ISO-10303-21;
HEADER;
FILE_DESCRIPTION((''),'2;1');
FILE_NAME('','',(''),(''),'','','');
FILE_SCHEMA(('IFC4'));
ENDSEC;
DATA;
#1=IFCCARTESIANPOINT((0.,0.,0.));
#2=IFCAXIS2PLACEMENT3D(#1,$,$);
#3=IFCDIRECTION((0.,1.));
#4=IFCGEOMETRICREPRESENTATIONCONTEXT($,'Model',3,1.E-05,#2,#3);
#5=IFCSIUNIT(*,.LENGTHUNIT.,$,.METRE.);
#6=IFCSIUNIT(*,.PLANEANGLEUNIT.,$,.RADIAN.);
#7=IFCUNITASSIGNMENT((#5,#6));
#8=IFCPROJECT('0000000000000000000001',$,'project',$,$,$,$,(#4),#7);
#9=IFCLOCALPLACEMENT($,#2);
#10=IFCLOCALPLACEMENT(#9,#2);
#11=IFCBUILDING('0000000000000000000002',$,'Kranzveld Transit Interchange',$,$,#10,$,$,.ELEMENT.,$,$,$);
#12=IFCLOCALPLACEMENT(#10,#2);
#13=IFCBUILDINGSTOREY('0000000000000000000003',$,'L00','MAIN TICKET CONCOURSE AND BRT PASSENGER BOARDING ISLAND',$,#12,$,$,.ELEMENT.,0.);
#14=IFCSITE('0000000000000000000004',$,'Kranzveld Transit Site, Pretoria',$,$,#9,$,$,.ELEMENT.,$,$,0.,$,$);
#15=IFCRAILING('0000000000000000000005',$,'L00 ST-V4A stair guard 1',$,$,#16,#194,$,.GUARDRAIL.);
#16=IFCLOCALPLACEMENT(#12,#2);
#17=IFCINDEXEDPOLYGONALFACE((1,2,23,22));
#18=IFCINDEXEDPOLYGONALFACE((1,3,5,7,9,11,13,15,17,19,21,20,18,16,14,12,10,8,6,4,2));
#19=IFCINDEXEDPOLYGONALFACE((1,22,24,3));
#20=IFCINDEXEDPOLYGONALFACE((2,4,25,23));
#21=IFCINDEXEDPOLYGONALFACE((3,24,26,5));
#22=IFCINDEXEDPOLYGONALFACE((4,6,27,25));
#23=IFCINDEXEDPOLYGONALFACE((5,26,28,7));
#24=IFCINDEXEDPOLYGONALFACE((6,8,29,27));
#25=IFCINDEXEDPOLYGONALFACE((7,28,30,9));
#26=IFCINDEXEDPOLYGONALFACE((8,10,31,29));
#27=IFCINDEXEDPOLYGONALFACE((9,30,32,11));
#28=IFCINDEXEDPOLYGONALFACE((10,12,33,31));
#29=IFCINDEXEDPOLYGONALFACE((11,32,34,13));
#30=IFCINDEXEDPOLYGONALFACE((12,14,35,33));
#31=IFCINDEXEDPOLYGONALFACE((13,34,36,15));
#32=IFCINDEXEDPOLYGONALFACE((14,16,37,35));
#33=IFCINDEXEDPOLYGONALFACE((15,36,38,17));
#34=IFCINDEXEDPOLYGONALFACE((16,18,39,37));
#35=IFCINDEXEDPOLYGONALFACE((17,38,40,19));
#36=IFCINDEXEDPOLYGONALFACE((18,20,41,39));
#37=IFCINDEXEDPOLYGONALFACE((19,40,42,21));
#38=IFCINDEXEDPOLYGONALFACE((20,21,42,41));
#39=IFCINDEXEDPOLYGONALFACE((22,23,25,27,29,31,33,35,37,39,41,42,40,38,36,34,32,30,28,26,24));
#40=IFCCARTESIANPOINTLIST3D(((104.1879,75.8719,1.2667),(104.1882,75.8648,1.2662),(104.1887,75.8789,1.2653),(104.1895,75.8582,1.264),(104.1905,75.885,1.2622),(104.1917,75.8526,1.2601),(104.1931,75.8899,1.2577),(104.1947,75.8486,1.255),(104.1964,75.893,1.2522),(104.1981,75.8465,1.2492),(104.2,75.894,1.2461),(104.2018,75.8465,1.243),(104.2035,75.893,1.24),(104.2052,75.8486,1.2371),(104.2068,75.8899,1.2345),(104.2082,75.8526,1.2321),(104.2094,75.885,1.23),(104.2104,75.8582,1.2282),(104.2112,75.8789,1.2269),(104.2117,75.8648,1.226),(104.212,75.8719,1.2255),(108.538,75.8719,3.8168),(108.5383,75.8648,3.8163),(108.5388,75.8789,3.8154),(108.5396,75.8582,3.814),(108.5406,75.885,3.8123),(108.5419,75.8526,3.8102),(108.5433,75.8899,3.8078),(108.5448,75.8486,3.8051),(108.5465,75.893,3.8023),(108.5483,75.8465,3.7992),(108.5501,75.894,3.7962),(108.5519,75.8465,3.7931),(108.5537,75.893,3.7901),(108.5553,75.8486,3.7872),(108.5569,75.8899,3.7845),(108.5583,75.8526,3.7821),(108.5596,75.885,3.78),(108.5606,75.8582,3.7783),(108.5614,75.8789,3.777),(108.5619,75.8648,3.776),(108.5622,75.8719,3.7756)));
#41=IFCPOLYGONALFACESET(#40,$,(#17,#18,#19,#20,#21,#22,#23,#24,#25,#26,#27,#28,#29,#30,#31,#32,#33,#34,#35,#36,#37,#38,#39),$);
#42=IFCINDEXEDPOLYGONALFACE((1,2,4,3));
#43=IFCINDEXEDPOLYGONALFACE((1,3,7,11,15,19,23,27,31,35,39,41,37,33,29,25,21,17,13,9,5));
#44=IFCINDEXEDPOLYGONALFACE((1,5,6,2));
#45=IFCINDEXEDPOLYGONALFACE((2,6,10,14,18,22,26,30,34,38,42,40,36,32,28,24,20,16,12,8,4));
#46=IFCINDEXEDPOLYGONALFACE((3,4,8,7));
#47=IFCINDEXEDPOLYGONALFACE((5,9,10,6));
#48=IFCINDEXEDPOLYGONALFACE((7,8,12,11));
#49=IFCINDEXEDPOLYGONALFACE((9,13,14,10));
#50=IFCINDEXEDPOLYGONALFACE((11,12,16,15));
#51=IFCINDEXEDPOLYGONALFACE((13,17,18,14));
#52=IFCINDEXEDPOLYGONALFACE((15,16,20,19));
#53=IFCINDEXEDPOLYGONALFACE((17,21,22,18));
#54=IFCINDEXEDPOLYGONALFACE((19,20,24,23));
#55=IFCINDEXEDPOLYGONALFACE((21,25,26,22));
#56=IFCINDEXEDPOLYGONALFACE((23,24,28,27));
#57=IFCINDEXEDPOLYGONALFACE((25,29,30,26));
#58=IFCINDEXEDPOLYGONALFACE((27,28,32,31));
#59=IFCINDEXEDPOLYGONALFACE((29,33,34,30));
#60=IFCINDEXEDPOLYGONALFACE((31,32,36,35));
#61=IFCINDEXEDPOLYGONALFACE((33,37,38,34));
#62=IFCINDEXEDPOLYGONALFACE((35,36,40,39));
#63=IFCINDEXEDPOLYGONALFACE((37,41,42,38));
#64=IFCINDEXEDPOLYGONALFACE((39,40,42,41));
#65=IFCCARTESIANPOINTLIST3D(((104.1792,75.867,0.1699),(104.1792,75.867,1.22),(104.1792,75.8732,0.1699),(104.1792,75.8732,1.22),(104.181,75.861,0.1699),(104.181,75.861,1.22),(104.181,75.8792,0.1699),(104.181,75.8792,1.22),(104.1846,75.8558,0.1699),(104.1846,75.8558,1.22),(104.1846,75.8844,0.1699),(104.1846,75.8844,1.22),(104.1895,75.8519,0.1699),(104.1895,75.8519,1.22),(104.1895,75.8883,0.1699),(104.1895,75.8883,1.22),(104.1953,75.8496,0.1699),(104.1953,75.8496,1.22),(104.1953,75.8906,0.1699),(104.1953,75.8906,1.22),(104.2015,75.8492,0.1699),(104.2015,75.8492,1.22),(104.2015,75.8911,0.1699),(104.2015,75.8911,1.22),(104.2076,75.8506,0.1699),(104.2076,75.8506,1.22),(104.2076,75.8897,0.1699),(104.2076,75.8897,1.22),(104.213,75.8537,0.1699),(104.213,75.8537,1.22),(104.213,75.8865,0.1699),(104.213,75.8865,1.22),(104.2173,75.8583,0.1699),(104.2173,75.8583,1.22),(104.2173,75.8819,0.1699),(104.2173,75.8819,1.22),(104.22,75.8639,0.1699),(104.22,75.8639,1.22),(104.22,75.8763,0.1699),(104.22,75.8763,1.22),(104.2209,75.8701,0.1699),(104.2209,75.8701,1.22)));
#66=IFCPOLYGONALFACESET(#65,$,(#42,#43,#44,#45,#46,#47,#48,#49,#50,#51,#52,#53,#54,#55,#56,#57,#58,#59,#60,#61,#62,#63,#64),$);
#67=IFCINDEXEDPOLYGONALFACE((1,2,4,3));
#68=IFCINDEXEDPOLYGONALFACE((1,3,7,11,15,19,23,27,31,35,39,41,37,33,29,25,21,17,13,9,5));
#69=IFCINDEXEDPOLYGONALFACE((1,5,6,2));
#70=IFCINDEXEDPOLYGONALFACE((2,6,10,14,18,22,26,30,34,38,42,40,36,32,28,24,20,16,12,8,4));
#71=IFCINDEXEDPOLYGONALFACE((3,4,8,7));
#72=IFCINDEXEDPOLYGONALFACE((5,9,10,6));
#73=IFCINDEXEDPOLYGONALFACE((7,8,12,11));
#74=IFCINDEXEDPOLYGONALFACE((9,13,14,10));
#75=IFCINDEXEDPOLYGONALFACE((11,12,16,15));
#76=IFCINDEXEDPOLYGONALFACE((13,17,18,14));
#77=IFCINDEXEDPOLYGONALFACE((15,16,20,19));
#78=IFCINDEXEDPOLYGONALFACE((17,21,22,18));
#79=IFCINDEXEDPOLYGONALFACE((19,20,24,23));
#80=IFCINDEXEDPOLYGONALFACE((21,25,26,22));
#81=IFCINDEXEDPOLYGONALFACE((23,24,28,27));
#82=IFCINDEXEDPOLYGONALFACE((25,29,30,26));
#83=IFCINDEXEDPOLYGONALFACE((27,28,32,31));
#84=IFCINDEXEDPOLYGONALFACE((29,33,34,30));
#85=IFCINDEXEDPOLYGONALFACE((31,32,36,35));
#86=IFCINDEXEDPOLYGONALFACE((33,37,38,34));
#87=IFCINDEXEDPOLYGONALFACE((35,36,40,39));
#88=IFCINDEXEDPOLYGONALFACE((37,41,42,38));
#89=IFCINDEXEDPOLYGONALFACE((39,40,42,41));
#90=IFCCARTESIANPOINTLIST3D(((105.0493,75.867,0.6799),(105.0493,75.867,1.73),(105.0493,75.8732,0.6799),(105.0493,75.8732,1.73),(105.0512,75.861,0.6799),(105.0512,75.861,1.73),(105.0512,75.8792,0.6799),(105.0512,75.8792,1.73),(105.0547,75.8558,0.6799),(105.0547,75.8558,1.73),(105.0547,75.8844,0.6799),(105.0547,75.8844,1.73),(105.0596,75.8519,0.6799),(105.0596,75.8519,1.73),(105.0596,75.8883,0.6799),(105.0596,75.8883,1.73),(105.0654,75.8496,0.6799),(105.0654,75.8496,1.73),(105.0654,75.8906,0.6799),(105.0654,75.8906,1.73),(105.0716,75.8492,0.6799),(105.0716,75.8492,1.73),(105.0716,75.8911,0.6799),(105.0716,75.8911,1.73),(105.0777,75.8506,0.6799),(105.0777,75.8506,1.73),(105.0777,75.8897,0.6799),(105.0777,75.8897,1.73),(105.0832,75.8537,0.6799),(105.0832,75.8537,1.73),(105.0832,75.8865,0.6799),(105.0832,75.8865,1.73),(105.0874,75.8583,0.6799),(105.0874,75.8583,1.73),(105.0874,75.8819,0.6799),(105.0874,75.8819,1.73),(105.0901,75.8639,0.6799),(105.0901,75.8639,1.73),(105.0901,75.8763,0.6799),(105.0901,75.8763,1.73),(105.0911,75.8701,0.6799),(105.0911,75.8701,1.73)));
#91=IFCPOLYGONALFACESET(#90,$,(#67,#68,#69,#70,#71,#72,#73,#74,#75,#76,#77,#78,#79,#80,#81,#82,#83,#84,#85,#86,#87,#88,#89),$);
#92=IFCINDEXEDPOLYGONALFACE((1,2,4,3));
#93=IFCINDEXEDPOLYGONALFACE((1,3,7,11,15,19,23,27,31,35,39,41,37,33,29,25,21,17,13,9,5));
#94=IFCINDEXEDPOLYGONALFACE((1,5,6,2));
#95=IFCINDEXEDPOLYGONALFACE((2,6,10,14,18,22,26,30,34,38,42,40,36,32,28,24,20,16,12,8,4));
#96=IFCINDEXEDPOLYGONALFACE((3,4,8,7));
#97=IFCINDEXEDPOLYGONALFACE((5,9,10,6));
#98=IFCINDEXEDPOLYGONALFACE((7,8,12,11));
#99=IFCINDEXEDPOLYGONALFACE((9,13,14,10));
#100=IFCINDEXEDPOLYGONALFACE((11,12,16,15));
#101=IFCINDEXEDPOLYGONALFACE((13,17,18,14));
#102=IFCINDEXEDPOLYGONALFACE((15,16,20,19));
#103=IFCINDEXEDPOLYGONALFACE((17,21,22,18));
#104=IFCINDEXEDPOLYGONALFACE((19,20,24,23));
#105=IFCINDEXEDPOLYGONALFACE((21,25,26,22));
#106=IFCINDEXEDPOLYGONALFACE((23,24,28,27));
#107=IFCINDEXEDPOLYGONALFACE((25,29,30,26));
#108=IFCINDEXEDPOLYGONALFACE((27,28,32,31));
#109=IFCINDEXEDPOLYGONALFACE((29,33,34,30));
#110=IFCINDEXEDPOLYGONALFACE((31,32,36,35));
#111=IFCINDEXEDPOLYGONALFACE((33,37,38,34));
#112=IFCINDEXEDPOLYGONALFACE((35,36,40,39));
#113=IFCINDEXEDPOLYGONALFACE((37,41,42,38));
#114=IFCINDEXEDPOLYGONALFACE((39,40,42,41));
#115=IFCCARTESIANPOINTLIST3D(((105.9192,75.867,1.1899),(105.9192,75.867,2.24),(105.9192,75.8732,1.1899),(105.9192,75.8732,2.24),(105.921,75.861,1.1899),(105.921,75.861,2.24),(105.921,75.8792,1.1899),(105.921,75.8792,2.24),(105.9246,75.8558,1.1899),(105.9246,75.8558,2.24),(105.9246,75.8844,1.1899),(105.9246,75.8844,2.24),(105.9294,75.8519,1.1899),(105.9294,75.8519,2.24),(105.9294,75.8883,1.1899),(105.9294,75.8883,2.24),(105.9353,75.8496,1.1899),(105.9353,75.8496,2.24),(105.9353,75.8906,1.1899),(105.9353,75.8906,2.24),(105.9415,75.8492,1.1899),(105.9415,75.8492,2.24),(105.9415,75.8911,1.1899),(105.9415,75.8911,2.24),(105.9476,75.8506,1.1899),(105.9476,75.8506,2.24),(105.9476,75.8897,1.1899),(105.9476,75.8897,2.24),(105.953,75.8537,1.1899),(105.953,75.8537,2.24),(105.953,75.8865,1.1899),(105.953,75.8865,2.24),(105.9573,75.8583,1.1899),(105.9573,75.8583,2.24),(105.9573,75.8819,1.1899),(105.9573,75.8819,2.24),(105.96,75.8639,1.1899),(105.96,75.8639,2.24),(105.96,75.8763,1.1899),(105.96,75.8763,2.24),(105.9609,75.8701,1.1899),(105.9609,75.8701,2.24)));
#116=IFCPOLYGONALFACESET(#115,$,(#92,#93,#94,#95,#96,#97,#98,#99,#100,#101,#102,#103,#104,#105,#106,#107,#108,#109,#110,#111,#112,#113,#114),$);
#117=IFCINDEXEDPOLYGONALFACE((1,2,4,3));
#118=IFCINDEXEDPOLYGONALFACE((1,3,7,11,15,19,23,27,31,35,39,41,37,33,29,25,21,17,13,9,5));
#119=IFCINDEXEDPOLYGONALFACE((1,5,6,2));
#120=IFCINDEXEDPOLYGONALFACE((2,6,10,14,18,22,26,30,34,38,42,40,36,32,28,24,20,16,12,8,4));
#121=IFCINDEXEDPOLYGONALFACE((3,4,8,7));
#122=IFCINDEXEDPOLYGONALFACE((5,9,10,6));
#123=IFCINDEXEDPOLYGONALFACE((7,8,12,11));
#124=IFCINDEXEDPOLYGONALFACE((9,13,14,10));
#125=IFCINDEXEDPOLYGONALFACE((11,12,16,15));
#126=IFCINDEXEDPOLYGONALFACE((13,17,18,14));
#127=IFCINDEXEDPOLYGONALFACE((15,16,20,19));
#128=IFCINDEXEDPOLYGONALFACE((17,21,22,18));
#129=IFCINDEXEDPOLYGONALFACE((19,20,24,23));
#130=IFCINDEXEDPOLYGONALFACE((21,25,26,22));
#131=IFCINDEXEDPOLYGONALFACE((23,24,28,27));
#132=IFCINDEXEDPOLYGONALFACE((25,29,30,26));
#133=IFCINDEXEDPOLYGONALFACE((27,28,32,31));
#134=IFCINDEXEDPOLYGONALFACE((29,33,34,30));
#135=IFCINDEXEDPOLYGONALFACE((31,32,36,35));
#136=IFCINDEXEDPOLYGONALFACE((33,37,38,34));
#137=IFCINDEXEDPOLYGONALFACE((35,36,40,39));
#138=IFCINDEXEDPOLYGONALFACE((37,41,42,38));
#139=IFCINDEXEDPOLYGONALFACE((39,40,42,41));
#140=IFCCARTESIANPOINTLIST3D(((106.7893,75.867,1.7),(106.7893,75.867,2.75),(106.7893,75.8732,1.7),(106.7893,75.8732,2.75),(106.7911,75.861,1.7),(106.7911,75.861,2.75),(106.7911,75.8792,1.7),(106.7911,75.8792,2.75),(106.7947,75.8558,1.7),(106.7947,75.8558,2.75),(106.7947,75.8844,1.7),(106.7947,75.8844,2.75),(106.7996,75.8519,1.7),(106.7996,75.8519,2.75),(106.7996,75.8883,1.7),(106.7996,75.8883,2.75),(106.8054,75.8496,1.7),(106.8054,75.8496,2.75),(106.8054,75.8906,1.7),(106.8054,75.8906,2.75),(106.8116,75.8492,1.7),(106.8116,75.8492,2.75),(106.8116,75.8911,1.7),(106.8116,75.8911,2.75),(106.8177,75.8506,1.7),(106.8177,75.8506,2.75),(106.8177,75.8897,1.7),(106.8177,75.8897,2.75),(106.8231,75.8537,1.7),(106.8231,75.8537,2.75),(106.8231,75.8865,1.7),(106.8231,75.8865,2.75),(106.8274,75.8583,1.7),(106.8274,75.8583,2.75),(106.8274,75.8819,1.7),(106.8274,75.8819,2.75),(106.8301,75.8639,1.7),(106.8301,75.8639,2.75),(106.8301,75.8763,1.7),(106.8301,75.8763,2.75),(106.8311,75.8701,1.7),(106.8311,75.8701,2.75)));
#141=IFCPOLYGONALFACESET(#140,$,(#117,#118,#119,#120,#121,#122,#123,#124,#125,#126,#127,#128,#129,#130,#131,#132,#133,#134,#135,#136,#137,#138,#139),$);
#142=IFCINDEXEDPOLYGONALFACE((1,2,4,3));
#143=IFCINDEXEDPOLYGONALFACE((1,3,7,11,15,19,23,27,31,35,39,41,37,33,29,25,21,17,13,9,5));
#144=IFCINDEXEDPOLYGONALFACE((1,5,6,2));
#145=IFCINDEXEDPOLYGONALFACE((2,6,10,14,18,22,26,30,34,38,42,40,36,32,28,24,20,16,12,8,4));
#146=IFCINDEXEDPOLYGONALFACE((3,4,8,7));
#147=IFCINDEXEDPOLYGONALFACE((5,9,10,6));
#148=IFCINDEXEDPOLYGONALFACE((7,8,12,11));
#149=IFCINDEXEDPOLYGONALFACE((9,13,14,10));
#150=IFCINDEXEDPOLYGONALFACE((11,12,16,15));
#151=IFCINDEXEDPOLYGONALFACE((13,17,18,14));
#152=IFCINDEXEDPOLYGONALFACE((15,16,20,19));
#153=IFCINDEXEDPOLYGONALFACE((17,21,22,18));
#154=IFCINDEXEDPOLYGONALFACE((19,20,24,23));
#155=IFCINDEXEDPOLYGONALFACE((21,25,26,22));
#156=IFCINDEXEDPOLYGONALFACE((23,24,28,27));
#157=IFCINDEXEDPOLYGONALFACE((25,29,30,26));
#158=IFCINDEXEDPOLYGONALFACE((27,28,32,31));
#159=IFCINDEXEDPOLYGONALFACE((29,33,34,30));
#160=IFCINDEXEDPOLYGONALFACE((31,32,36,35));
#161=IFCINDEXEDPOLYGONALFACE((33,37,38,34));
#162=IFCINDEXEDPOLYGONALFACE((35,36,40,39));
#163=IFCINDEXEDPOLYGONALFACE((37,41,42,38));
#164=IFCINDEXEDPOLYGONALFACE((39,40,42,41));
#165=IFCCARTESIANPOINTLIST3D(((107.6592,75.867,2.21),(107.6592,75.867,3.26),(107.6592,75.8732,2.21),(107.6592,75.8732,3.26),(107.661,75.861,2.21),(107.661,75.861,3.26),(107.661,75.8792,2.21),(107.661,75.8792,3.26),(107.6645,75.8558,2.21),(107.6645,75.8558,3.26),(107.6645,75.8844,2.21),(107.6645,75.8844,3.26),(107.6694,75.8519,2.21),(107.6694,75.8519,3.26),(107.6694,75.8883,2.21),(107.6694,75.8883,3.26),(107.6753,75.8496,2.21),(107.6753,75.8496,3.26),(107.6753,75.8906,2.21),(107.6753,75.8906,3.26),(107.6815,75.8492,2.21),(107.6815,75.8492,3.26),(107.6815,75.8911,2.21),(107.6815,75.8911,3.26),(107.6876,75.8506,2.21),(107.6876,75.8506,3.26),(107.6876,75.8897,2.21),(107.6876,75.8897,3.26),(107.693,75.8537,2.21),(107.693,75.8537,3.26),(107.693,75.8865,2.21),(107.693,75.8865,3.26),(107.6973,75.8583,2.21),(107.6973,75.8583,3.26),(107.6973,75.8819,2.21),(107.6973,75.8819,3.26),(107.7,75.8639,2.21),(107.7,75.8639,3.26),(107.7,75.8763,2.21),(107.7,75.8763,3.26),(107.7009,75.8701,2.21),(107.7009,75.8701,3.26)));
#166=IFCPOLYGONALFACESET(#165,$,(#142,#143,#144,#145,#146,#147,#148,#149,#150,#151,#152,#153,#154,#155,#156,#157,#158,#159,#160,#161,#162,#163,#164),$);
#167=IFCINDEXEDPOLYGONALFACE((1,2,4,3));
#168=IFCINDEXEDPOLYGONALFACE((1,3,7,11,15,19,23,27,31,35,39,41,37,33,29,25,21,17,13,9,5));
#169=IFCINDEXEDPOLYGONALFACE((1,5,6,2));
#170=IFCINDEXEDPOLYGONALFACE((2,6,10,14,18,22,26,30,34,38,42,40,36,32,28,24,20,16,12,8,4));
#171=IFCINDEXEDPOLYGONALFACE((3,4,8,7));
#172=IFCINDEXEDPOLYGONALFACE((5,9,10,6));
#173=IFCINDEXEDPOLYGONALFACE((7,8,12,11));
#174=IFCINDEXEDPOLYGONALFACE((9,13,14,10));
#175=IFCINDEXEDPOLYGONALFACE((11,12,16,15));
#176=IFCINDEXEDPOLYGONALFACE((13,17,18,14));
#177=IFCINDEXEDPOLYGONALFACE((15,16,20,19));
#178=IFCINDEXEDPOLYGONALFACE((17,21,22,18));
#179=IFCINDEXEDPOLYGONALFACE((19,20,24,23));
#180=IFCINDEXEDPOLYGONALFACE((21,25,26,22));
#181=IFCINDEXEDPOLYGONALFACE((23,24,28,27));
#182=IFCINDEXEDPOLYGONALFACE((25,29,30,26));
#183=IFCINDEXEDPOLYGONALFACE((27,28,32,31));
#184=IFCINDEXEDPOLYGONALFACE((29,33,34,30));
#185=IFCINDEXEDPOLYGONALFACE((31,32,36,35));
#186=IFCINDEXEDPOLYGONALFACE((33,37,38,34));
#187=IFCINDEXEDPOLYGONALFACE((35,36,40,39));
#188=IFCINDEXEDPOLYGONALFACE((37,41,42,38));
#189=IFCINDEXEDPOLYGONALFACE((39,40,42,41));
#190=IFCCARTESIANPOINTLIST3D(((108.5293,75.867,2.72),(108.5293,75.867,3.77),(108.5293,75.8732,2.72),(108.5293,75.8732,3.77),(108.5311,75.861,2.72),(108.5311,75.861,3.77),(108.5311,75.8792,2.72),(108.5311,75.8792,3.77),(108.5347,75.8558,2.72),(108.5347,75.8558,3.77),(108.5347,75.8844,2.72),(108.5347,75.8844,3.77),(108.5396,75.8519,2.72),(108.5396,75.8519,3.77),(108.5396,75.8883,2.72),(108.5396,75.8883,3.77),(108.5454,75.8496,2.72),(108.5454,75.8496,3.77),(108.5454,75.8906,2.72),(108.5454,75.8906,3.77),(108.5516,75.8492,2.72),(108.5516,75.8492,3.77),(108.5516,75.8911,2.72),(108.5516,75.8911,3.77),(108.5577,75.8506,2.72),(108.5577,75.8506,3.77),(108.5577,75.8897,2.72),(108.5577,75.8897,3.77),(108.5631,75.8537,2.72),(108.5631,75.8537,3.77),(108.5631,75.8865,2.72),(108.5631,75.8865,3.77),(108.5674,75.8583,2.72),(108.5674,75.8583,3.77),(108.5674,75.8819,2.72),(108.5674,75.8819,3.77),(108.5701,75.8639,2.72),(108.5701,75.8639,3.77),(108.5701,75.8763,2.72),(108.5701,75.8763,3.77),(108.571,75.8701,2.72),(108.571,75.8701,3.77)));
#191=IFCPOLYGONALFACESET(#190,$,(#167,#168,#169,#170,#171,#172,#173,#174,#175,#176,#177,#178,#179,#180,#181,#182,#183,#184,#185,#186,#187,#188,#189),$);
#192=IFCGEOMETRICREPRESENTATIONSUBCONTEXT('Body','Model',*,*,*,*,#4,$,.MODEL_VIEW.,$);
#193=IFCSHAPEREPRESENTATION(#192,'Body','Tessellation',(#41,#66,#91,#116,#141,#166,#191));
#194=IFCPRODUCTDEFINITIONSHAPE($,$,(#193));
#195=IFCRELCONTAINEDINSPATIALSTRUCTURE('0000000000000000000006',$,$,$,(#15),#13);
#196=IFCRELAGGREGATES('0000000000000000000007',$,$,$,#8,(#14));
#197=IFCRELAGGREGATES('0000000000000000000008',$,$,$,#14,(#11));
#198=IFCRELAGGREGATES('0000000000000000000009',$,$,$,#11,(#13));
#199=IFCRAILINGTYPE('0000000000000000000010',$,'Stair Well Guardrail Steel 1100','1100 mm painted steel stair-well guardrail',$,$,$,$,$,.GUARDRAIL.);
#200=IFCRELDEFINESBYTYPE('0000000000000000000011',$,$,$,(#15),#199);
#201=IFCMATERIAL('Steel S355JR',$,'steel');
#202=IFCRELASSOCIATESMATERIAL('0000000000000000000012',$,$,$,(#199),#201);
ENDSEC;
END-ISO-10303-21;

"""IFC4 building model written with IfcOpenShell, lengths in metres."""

from ifc_helpers import new_model, si_unit, direction, frame, origin, origin_2d, place, context, subcontext, project, spatial, circle, extrude, material, type_object, element, save


model = new_model("IFC4")

# Units and contexts
model_context = context("Model", 3, precision=1e-05, world=origin(), true_north=direction((0.0, 1.0)))
body_context = subcontext(model_context, "Body", "Model", "MODEL_VIEW")
ifc_project = project(units=[si_unit("LENGTHUNIT", "METRE"), si_unit("PLANEANGLEUNIT", "RADIAN")], contexts=[model_context])

# Site, building, storey
site_placement = place(None, origin())
site = spatial("IfcSite", under=ifc_project, at=site_placement, Name="Kranzveld Transit Site, Pretoria", CompositionType="ELEMENT", RefElevation=0.0)
building_placement = place(site_placement, origin())
building = spatial("IfcBuilding", under=site, at=building_placement, Name="Kranzveld Transit Interchange", CompositionType="ELEMENT")
storey_placement = place(building_placement, origin())
storey = spatial("IfcBuildingStorey", under=building, at=storey_placement, Name="L00", Description="MAIN TICKET CONCOURSE AND BRT PASSENGER BOARDING ISLAND", CompositionType="ELEMENT", Elevation=0.0)

# Railing
ifc_material_1 = material(Name="Steel S355JR", Category="steel")
railing_type_1 = type_object("IfcRailingType", Name="Stair Well Guardrail Steel 1100", Description="1100 mm painted steel stair-well guardrail", PredefinedType="GUARDRAIL", material=ifc_material_1)
railing_1_placement = place(storey_placement, frame((104.2, 75.8701, 0.1699)))
element("IfcRailing", 1, at=railing_1_placement, inside=storey, type_object=railing_type_1, Name="L00 ST-V4A stair guard 1", PredefinedType="GUARDRAIL", context=body_context, shape_type="SweptSolid", body=[
    extrude(circle(Radius=0.0239, at=origin_2d()), frame((0.0, 0.0, 1.0762), z_axis=(0.862699, 0.0, 0.505718), x_axis=(0.0, 1.0, 0.0)), (0.0, 0.0, 1.0), 5.0425),
    extrude(circle(Radius=0.021, at=origin_2d()), origin(), (0.0, 0.0, 1.0), 1.05),
    extrude(circle(Radius=0.021, at=origin_2d()), frame((0.8701, 0.0, 0.51)), (0.0, 0.0, 1.0), 1.05),
    extrude(circle(Radius=0.021, at=origin_2d()), frame((1.74, 0.0, 1.02)), (0.0, 0.0, 1.0), 1.05),
    extrude(circle(Radius=0.021, at=origin_2d()), frame((2.6101, 0.0, 1.53)), (0.0, 0.0, 1.0), 1.05),
    extrude(circle(Radius=0.021, at=origin_2d()), frame((3.48, 0.0, 2.04)), (0.0, 0.0, 1.0), 1.05),
    extrude(circle(Radius=0.021, at=origin_2d()), frame((4.3501, 0.0, 2.55)), (0.0, 0.0, 1.0), 1.05),
])

save(model, "model.ifc")
